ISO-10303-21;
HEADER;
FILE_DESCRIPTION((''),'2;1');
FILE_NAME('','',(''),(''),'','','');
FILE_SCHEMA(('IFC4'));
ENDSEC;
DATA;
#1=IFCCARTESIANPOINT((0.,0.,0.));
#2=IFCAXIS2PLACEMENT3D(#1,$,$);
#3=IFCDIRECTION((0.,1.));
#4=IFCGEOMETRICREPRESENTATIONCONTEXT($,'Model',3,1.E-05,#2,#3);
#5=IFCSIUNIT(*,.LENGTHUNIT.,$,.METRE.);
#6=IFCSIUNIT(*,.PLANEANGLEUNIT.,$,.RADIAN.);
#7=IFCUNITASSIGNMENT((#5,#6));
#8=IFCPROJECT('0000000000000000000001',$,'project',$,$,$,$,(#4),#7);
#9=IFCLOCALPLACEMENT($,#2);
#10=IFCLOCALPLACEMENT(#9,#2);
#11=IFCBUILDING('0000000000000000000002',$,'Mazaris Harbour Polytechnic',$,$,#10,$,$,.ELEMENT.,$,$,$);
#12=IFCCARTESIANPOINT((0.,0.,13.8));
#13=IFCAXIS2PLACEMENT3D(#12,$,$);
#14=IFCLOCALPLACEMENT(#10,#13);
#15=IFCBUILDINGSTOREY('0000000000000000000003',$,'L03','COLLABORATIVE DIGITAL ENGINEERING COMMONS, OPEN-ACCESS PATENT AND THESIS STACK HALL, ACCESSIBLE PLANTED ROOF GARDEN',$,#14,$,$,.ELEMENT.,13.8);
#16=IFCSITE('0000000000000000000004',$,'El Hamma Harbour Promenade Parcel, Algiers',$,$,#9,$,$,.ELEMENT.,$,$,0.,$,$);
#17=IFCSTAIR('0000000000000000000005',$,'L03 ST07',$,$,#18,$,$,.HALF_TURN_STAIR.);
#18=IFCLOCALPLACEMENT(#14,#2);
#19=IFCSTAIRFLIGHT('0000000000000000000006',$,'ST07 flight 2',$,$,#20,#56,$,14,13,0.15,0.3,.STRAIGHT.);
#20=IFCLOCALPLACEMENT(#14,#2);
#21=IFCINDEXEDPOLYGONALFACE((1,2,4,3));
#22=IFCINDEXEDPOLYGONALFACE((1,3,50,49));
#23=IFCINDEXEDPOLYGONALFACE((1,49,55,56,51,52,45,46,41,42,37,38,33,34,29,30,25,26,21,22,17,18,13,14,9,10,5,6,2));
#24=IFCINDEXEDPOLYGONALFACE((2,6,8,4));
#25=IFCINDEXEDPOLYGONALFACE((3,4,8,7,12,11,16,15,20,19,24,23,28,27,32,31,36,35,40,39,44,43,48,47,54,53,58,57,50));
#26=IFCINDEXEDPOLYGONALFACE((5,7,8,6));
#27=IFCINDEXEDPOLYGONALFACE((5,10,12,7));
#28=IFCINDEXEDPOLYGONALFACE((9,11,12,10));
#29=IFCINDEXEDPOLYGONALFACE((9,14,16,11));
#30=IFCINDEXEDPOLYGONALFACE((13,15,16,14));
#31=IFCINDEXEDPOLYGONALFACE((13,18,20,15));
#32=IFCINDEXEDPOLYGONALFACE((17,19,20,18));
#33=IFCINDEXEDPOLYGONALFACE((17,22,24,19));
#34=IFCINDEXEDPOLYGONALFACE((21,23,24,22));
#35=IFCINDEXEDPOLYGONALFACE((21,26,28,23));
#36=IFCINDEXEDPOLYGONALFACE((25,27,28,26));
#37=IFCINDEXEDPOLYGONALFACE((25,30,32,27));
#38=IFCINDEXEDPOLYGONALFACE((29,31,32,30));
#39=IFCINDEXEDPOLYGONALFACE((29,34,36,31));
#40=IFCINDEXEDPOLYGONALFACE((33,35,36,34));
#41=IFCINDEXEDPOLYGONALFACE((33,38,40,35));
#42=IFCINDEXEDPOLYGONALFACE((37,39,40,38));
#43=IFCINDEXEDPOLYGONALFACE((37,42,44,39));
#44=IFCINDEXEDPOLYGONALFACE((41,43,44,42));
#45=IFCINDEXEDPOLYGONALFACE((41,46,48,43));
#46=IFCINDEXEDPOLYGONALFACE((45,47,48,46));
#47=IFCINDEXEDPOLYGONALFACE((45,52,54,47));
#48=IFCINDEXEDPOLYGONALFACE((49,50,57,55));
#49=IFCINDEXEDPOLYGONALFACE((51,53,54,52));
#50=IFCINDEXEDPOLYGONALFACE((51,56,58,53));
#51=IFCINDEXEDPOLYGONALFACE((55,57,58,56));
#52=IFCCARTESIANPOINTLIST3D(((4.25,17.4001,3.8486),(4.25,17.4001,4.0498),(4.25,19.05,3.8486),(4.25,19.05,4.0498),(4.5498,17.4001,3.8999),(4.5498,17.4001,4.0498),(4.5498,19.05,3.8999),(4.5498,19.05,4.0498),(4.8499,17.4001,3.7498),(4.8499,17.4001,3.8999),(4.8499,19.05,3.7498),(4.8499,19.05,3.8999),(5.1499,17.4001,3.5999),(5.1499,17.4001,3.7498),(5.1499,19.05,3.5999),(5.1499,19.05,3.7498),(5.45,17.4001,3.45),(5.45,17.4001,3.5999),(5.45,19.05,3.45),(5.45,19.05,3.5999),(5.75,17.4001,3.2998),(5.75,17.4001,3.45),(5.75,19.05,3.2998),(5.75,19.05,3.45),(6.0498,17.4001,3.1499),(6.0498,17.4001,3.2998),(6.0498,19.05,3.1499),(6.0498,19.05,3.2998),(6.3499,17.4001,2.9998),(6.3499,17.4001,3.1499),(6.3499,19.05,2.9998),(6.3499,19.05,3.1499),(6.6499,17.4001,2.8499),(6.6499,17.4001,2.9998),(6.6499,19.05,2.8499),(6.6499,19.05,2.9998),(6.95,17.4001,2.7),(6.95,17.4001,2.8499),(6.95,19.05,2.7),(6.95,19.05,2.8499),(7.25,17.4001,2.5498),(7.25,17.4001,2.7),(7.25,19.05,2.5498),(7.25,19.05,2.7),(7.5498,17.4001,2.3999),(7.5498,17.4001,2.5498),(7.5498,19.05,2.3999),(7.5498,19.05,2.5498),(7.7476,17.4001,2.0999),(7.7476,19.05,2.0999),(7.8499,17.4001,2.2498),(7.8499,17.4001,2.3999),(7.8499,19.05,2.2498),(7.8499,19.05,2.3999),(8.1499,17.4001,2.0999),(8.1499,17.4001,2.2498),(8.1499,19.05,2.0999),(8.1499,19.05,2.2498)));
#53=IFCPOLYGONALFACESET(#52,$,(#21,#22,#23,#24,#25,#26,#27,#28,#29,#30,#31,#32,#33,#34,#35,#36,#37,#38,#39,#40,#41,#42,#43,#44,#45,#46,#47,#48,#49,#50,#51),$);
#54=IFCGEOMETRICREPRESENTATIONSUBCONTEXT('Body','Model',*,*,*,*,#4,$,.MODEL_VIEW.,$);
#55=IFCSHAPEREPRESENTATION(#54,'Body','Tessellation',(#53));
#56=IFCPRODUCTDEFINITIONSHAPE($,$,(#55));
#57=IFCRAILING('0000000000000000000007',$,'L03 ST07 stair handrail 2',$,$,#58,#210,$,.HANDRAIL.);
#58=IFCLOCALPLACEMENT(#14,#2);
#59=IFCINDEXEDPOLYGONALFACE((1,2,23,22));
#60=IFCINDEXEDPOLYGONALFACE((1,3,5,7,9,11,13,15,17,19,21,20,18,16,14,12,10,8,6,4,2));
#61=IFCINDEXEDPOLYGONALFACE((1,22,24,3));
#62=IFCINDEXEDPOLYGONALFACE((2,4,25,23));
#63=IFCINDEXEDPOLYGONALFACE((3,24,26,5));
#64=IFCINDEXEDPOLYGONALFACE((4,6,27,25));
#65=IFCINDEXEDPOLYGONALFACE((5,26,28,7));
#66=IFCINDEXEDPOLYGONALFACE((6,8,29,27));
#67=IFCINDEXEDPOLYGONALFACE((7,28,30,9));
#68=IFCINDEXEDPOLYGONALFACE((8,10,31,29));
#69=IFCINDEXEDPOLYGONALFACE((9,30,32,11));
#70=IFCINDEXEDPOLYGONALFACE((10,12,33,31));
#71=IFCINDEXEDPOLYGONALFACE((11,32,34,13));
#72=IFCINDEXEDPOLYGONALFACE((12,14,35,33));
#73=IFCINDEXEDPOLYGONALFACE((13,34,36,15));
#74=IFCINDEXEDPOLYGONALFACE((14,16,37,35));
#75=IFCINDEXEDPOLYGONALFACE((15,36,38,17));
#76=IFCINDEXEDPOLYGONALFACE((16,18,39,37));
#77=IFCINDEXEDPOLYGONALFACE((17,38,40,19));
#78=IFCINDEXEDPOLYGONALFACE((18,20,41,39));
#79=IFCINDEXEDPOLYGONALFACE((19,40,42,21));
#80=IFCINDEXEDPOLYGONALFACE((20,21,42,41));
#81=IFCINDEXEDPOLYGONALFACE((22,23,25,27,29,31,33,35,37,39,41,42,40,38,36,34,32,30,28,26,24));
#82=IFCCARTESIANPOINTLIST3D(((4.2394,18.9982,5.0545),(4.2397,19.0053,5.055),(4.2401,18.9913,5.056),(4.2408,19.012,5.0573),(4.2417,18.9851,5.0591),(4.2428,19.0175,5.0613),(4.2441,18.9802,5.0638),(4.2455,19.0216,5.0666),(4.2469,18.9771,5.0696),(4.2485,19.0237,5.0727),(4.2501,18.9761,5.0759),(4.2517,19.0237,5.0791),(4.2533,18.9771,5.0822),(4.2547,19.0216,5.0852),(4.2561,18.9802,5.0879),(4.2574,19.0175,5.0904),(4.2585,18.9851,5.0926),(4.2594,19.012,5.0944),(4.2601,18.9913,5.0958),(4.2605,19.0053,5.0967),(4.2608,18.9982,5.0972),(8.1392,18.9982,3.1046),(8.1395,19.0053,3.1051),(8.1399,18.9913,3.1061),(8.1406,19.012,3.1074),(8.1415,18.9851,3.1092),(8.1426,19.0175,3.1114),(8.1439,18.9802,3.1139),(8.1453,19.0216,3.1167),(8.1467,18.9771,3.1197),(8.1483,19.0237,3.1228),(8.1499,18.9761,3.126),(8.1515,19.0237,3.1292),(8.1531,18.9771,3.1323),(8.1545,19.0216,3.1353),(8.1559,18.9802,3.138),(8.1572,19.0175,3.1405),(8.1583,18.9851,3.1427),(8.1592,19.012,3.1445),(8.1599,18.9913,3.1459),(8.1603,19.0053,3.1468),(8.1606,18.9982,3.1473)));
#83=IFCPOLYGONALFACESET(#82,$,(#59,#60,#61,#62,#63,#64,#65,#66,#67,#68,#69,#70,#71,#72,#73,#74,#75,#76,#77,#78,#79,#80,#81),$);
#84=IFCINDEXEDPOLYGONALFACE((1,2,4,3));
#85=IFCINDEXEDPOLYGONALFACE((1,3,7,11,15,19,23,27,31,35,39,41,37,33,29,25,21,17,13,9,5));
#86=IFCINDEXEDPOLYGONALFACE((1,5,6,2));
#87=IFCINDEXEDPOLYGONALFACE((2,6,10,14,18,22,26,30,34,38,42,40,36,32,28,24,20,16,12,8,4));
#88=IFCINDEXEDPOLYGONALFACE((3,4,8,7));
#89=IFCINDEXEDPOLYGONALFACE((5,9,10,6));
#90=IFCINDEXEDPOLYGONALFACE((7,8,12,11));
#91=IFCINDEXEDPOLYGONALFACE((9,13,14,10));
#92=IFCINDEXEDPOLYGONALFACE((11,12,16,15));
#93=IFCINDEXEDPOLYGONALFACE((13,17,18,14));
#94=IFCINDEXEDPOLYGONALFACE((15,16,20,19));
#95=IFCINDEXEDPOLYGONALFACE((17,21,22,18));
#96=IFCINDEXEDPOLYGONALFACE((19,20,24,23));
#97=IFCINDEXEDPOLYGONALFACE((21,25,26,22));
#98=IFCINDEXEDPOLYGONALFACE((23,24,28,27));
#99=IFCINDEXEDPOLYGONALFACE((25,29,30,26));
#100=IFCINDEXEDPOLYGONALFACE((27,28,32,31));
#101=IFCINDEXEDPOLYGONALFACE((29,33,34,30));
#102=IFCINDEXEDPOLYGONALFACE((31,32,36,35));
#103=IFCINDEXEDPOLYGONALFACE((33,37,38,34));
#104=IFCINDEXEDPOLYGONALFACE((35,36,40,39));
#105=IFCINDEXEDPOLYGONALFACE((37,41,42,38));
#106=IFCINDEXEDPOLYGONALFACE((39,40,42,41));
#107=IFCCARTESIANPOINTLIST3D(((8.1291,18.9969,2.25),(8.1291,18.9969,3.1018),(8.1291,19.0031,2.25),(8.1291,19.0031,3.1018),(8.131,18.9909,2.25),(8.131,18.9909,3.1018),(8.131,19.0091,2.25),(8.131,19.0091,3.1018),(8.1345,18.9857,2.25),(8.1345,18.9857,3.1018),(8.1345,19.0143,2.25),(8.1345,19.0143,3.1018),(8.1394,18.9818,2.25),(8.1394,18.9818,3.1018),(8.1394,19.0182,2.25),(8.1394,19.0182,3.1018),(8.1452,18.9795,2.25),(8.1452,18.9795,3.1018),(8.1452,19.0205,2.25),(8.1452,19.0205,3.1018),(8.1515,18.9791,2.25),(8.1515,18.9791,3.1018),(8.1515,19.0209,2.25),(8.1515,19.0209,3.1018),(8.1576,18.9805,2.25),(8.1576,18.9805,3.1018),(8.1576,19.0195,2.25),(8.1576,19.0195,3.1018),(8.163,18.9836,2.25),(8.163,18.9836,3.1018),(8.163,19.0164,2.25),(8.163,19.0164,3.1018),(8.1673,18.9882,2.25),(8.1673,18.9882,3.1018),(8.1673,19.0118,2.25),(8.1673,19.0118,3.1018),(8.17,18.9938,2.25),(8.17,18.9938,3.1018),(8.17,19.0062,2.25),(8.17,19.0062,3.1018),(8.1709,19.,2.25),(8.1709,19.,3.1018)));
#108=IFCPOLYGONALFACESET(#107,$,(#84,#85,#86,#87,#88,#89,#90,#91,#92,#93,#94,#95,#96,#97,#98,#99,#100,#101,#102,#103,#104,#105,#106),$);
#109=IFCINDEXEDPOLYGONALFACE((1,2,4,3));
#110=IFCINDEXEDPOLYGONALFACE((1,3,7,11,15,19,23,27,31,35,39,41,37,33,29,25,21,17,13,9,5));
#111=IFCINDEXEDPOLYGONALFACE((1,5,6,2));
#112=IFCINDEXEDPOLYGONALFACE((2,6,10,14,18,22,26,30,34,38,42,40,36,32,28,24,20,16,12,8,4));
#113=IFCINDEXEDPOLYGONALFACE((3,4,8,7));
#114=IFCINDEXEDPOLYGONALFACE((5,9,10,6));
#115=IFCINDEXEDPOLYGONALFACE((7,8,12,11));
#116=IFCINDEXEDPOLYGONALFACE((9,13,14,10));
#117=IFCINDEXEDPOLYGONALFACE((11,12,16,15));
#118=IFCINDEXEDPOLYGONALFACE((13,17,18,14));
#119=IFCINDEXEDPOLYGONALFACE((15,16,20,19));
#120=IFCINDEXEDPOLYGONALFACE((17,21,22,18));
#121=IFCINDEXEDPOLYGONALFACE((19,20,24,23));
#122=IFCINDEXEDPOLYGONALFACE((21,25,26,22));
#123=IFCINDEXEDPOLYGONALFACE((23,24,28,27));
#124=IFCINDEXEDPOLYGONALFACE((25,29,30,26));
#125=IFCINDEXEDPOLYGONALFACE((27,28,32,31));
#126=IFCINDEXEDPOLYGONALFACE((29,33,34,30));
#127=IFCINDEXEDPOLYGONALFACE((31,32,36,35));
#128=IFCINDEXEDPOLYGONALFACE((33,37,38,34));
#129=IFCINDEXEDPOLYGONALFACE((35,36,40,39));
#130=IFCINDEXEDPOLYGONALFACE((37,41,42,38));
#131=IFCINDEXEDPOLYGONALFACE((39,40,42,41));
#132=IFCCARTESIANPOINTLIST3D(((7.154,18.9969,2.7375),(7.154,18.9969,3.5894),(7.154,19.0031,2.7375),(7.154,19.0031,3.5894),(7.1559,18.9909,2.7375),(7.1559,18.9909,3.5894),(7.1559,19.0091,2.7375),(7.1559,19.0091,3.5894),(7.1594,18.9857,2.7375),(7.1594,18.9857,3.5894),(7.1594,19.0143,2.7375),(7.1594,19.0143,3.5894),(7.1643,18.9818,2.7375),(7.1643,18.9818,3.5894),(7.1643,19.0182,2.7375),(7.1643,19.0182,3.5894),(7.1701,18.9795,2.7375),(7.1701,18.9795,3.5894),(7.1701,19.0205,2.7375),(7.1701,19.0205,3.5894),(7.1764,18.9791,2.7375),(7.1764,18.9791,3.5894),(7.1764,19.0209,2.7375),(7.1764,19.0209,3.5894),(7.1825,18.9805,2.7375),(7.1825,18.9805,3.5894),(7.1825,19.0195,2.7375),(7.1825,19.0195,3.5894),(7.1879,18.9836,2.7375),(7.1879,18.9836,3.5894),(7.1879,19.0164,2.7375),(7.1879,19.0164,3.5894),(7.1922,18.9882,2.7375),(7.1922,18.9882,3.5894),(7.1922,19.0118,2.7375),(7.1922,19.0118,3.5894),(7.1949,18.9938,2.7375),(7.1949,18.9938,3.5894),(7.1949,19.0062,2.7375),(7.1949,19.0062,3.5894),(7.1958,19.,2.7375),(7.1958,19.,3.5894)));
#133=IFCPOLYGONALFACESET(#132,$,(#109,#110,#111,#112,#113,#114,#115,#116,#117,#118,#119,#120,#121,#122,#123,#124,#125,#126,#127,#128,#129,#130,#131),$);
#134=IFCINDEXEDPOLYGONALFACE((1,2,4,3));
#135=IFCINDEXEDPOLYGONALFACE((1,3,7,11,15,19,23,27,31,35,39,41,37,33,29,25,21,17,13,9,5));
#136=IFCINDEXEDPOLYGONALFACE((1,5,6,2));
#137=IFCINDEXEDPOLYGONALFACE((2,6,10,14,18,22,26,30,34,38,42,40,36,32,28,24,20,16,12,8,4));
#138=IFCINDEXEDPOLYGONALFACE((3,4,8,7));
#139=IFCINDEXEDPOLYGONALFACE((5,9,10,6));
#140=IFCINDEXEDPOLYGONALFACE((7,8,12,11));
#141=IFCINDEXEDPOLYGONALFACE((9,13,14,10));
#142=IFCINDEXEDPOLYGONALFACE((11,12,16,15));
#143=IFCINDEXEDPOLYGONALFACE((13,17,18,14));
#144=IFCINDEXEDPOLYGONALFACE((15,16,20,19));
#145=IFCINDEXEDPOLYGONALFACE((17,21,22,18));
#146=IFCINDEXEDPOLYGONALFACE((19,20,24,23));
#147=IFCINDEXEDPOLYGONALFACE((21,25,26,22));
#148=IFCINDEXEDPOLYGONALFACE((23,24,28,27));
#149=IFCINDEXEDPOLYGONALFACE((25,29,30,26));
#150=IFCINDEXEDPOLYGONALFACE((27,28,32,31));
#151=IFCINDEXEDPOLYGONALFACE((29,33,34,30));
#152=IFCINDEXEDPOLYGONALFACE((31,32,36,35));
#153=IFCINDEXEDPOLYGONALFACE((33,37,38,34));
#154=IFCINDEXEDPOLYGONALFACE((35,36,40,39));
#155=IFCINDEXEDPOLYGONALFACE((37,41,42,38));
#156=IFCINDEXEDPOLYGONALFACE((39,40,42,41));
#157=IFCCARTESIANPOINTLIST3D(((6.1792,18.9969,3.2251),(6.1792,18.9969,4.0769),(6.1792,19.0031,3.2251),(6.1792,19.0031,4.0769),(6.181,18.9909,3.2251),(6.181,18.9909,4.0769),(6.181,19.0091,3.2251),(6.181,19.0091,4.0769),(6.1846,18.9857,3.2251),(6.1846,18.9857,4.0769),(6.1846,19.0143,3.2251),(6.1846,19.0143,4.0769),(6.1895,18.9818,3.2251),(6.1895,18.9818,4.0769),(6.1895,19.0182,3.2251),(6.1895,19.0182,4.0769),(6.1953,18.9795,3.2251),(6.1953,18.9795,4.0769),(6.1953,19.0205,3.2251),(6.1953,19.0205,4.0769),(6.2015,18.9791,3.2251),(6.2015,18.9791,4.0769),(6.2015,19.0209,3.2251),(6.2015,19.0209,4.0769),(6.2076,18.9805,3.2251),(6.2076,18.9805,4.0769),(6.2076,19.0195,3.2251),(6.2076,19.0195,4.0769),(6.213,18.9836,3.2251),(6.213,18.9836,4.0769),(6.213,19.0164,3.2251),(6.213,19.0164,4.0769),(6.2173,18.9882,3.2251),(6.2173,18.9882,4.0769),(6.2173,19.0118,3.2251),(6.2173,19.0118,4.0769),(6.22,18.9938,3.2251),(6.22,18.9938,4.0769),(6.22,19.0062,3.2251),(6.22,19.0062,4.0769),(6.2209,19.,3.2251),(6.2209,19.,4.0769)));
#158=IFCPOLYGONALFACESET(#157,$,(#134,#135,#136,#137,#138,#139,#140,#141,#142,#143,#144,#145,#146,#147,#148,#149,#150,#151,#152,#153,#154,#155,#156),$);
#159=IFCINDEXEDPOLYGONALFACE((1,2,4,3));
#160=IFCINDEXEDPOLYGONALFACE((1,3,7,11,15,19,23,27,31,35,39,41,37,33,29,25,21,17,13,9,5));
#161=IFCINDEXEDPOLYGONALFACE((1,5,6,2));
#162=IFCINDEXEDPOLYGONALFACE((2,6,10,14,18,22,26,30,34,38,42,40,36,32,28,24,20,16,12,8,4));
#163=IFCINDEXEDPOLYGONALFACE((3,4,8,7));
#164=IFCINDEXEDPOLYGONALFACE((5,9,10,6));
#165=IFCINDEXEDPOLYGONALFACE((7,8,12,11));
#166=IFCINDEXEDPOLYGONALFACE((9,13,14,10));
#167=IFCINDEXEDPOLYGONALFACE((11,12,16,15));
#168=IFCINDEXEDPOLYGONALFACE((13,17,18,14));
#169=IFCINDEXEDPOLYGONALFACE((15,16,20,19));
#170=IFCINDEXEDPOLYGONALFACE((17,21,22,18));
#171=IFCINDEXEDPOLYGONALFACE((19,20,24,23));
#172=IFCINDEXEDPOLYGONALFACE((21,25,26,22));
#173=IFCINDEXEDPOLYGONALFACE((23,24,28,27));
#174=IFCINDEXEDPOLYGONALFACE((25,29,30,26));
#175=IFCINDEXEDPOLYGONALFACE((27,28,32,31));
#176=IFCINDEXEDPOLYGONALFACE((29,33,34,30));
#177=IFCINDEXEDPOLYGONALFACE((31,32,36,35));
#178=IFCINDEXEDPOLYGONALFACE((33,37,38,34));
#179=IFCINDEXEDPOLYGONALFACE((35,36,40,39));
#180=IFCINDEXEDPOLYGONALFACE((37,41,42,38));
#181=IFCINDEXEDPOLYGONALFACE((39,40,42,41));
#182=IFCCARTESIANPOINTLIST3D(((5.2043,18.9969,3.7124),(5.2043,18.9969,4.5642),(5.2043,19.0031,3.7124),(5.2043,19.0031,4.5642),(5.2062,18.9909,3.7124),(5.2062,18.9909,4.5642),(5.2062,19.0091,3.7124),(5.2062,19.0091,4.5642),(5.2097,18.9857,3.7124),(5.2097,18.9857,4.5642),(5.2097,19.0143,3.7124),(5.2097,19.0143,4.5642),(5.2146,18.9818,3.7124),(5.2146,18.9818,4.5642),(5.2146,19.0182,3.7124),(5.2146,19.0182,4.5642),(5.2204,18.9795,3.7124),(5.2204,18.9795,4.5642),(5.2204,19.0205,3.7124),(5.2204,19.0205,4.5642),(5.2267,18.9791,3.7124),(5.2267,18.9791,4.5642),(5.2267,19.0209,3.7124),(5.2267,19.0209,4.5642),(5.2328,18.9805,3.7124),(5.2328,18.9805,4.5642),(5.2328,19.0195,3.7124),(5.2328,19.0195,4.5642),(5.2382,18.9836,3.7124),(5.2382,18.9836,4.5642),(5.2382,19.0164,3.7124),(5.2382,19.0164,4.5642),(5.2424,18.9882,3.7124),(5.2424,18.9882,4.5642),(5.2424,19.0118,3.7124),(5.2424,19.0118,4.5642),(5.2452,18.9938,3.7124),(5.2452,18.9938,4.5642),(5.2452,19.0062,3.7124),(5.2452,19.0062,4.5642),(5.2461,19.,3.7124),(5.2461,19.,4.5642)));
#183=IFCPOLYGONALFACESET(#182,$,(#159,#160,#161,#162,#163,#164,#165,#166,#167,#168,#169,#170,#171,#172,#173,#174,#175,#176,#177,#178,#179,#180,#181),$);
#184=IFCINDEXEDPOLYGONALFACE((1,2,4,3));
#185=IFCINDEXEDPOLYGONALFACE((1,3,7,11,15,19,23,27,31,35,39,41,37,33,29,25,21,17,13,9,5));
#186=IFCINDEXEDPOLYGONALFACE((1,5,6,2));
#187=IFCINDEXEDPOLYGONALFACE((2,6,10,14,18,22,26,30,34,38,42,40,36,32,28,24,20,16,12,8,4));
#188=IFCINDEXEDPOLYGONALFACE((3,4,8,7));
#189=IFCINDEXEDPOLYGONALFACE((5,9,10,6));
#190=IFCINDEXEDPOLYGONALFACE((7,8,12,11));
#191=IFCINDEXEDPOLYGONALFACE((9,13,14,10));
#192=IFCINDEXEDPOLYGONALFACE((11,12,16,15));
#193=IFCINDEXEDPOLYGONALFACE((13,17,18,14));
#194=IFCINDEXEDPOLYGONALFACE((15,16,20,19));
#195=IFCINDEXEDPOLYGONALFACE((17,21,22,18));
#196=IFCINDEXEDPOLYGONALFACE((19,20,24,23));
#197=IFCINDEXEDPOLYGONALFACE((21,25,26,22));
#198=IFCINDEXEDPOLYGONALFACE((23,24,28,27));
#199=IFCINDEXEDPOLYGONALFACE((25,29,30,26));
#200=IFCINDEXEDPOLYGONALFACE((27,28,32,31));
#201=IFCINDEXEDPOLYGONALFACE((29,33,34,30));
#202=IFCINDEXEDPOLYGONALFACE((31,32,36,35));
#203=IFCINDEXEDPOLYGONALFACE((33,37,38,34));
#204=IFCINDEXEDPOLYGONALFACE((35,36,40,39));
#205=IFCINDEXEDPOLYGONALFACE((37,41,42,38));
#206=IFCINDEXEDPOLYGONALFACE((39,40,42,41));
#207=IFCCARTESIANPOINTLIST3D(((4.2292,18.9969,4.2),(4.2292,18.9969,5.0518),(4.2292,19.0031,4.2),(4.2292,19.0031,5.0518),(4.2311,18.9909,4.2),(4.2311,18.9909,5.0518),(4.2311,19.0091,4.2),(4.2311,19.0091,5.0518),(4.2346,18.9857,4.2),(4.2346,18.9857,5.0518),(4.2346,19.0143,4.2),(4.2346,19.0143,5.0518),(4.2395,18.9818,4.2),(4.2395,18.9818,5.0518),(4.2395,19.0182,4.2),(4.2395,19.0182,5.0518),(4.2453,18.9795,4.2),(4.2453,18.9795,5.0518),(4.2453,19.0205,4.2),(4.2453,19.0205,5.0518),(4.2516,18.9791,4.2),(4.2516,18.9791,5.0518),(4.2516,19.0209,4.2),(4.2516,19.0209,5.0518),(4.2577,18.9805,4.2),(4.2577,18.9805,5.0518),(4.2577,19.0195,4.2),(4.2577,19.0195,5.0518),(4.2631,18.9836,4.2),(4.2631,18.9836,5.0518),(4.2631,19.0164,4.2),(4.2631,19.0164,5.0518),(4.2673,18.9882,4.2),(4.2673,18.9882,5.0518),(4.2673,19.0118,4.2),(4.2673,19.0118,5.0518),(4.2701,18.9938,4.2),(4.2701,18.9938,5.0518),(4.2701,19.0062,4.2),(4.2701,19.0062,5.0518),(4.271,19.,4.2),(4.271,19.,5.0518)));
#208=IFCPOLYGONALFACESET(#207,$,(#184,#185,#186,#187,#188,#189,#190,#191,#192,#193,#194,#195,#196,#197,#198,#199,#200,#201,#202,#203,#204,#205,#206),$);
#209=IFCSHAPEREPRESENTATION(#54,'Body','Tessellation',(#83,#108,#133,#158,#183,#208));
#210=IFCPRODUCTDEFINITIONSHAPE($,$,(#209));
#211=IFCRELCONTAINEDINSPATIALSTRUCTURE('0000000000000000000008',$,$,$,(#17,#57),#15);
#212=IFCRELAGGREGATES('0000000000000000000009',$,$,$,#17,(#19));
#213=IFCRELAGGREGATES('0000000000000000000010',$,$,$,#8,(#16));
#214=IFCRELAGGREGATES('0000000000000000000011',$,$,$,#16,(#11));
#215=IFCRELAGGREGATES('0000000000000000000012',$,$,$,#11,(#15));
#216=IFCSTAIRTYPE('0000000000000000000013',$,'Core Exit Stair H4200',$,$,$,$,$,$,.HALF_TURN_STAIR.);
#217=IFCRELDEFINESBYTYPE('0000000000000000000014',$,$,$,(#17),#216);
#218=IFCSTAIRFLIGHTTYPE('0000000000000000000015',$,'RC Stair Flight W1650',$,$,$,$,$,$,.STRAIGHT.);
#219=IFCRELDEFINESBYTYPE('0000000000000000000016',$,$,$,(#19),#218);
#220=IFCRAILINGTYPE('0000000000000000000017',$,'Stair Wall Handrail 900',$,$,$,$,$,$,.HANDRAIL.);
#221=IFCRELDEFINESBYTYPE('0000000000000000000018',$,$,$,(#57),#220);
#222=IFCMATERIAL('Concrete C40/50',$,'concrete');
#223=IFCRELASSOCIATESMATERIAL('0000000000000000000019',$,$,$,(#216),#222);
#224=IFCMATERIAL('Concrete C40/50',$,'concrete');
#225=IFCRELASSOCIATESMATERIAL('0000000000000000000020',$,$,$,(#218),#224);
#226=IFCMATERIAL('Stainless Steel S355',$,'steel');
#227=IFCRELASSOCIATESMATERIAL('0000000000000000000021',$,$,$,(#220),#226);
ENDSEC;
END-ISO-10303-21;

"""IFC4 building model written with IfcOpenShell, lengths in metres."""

from ifc_helpers import new_model, si_unit, direction, frame, origin, origin_2d, place, context, subcontext, project, spatial, polyline, circle, outline, extrude, material, type_object, element, aggregate, save


model = new_model("IFC4")

# Units and contexts
model_context = context("Model", 3, precision=1e-05, world=origin(), true_north=direction((0.0, 1.0)))
body_context = subcontext(model_context, "Body", "Model", "MODEL_VIEW")
ifc_project = project(units=[si_unit("LENGTHUNIT", "METRE"), si_unit("PLANEANGLEUNIT", "RADIAN")], contexts=[model_context])

# Site, building, storey
site_placement = place(None, origin())
site = spatial("IfcSite", under=ifc_project, at=site_placement, Name="El Hamma Harbour Promenade Parcel, Algiers", CompositionType="ELEMENT", RefElevation=0.0)
building_placement = place(site_placement, origin())
building = spatial("IfcBuilding", under=site, at=building_placement, Name="Mazaris Harbour Polytechnic", CompositionType="ELEMENT")
storey_placement = place(building_placement, frame((0.0, 0.0, 13.8)))
storey = spatial("IfcBuildingStorey", under=building, at=storey_placement, Name="L03", Description="COLLABORATIVE DIGITAL ENGINEERING COMMONS, OPEN-ACCESS PATENT AND THESIS STACK HALL, ACCESSIBLE PLANTED ROOF GARDEN", CompositionType="ELEMENT", Elevation=13.8)

# Stair, stair flight
ifc_material_1 = material(Name="Concrete C40/50", Category="concrete")
stair_type = type_object("IfcStairType", Name="Core Exit Stair H4200", PredefinedType="HALF_TURN_STAIR", material=ifc_material_1)
stair_placement = place(storey_placement, origin())
stair = element("IfcStair", 1, at=stair_placement, inside=storey, type_object=stair_type, Name="L03 ST07", PredefinedType="HALF_TURN_STAIR")
ifc_material_2 = material(Name="Concrete C40/50", Category="concrete")
stair_flight_type = type_object("IfcStairFlightType", Name="RC Stair Flight W1650", PredefinedType="STRAIGHT", material=ifc_material_2)
stair_flight_placement = place(storey_placement, frame((8.1499, 18.2251, 2.0999), z_axis=(0.0, 0.0, 1.0), x_axis=(-1.0, 0.0, 0.0)))
stair_flight = element("IfcStairFlight", 2, at=stair_flight_placement, type_object=stair_flight_type, Name="ST07 flight 2", NumberOfRisers=14, NumberOfTreads=13, PredefinedType="STRAIGHT", RiserHeight=0.15, TreadLength=0.3, context=body_context, shape_type="SweptSolid", body=[
    extrude(outline(polyline([(0.0, 0.0), (0.0, 0.1499), (0.3, 0.1499), (0.3, 0.3), (0.6001, 0.3), (0.6001, 0.45), (0.8999, 0.45), (0.8999, 0.6001), (1.2, 0.6001), (1.2, 0.75), (1.5, 0.75), (1.5, 0.8999), (1.8, 0.8999), (1.8, 1.05), (2.1001, 1.05), (2.1001, 1.2), (2.3999, 1.2), (2.3999, 1.3501), (2.7, 1.3501), (2.7, 1.5), (3.0, 1.5), (3.0, 1.6499), (3.3, 1.6499), (3.3, 1.8), (3.6001, 1.8), (3.6001, 1.95), (3.8999, 1.95), (3.8999, 2.1001), (3.8999, 1.7488), (0.4023, 0.0), (0.0, 0.0)])), frame((0.0, 0.825, 0.0), z_axis=(0.0, -1.0, 0.0), x_axis=(1.0, 0.0, 0.0)), (0.0, 0.0, 1.0), 1.6499),
])
aggregate(stair, [stair_flight])

# Railing
ifc_material_3 = material(Name="Stainless Steel S355", Category="steel")
railing_type_1 = type_object("IfcRailingType", Name="Stair Wall Handrail 900", PredefinedType="HANDRAIL", material=ifc_material_3)
railing_1_placement = place(storey_placement, frame((8.1499, 19.0, 2.25)))
element("IfcRailing", 3, at=railing_1_placement, inside=storey, type_object=railing_type_1, Name="L03 ST07 stair handrail 2", PredefinedType="HANDRAIL", context=body_context, shape_type="SweptSolid", body=[
    extrude(circle(Radius=0.0239, at=origin_2d()), frame((0.0, 0.0, 0.876), z_axis=(-0.894427, 0.0, 0.447214), x_axis=(0.0, -1.0, 0.0)), (0.0, 0.0, 1.0), 4.3601),
    extrude(circle(Radius=0.021, at=origin_2d()), origin(), (0.0, 0.0, 1.0), 0.8518),
    extrude(circle(Radius=0.021, at=origin_2d()), frame((-0.9751, 0.0, 0.4875)), (0.0, 0.0, 1.0), 0.8518),
    extrude(circle(Radius=0.021, at=origin_2d()), frame((-1.95, 0.0, 0.9751)), (0.0, 0.0, 1.0), 0.8518),
    extrude(circle(Radius=0.021, at=origin_2d()), frame((-2.9248, 0.0, 1.4624)), (0.0, 0.0, 1.0), 0.8518),
    extrude(circle(Radius=0.021, at=origin_2d()), frame((-3.8999, 0.0, 1.95)), (0.0, 0.0, 1.0), 0.8518),
])

save(model, "model.ifc")
